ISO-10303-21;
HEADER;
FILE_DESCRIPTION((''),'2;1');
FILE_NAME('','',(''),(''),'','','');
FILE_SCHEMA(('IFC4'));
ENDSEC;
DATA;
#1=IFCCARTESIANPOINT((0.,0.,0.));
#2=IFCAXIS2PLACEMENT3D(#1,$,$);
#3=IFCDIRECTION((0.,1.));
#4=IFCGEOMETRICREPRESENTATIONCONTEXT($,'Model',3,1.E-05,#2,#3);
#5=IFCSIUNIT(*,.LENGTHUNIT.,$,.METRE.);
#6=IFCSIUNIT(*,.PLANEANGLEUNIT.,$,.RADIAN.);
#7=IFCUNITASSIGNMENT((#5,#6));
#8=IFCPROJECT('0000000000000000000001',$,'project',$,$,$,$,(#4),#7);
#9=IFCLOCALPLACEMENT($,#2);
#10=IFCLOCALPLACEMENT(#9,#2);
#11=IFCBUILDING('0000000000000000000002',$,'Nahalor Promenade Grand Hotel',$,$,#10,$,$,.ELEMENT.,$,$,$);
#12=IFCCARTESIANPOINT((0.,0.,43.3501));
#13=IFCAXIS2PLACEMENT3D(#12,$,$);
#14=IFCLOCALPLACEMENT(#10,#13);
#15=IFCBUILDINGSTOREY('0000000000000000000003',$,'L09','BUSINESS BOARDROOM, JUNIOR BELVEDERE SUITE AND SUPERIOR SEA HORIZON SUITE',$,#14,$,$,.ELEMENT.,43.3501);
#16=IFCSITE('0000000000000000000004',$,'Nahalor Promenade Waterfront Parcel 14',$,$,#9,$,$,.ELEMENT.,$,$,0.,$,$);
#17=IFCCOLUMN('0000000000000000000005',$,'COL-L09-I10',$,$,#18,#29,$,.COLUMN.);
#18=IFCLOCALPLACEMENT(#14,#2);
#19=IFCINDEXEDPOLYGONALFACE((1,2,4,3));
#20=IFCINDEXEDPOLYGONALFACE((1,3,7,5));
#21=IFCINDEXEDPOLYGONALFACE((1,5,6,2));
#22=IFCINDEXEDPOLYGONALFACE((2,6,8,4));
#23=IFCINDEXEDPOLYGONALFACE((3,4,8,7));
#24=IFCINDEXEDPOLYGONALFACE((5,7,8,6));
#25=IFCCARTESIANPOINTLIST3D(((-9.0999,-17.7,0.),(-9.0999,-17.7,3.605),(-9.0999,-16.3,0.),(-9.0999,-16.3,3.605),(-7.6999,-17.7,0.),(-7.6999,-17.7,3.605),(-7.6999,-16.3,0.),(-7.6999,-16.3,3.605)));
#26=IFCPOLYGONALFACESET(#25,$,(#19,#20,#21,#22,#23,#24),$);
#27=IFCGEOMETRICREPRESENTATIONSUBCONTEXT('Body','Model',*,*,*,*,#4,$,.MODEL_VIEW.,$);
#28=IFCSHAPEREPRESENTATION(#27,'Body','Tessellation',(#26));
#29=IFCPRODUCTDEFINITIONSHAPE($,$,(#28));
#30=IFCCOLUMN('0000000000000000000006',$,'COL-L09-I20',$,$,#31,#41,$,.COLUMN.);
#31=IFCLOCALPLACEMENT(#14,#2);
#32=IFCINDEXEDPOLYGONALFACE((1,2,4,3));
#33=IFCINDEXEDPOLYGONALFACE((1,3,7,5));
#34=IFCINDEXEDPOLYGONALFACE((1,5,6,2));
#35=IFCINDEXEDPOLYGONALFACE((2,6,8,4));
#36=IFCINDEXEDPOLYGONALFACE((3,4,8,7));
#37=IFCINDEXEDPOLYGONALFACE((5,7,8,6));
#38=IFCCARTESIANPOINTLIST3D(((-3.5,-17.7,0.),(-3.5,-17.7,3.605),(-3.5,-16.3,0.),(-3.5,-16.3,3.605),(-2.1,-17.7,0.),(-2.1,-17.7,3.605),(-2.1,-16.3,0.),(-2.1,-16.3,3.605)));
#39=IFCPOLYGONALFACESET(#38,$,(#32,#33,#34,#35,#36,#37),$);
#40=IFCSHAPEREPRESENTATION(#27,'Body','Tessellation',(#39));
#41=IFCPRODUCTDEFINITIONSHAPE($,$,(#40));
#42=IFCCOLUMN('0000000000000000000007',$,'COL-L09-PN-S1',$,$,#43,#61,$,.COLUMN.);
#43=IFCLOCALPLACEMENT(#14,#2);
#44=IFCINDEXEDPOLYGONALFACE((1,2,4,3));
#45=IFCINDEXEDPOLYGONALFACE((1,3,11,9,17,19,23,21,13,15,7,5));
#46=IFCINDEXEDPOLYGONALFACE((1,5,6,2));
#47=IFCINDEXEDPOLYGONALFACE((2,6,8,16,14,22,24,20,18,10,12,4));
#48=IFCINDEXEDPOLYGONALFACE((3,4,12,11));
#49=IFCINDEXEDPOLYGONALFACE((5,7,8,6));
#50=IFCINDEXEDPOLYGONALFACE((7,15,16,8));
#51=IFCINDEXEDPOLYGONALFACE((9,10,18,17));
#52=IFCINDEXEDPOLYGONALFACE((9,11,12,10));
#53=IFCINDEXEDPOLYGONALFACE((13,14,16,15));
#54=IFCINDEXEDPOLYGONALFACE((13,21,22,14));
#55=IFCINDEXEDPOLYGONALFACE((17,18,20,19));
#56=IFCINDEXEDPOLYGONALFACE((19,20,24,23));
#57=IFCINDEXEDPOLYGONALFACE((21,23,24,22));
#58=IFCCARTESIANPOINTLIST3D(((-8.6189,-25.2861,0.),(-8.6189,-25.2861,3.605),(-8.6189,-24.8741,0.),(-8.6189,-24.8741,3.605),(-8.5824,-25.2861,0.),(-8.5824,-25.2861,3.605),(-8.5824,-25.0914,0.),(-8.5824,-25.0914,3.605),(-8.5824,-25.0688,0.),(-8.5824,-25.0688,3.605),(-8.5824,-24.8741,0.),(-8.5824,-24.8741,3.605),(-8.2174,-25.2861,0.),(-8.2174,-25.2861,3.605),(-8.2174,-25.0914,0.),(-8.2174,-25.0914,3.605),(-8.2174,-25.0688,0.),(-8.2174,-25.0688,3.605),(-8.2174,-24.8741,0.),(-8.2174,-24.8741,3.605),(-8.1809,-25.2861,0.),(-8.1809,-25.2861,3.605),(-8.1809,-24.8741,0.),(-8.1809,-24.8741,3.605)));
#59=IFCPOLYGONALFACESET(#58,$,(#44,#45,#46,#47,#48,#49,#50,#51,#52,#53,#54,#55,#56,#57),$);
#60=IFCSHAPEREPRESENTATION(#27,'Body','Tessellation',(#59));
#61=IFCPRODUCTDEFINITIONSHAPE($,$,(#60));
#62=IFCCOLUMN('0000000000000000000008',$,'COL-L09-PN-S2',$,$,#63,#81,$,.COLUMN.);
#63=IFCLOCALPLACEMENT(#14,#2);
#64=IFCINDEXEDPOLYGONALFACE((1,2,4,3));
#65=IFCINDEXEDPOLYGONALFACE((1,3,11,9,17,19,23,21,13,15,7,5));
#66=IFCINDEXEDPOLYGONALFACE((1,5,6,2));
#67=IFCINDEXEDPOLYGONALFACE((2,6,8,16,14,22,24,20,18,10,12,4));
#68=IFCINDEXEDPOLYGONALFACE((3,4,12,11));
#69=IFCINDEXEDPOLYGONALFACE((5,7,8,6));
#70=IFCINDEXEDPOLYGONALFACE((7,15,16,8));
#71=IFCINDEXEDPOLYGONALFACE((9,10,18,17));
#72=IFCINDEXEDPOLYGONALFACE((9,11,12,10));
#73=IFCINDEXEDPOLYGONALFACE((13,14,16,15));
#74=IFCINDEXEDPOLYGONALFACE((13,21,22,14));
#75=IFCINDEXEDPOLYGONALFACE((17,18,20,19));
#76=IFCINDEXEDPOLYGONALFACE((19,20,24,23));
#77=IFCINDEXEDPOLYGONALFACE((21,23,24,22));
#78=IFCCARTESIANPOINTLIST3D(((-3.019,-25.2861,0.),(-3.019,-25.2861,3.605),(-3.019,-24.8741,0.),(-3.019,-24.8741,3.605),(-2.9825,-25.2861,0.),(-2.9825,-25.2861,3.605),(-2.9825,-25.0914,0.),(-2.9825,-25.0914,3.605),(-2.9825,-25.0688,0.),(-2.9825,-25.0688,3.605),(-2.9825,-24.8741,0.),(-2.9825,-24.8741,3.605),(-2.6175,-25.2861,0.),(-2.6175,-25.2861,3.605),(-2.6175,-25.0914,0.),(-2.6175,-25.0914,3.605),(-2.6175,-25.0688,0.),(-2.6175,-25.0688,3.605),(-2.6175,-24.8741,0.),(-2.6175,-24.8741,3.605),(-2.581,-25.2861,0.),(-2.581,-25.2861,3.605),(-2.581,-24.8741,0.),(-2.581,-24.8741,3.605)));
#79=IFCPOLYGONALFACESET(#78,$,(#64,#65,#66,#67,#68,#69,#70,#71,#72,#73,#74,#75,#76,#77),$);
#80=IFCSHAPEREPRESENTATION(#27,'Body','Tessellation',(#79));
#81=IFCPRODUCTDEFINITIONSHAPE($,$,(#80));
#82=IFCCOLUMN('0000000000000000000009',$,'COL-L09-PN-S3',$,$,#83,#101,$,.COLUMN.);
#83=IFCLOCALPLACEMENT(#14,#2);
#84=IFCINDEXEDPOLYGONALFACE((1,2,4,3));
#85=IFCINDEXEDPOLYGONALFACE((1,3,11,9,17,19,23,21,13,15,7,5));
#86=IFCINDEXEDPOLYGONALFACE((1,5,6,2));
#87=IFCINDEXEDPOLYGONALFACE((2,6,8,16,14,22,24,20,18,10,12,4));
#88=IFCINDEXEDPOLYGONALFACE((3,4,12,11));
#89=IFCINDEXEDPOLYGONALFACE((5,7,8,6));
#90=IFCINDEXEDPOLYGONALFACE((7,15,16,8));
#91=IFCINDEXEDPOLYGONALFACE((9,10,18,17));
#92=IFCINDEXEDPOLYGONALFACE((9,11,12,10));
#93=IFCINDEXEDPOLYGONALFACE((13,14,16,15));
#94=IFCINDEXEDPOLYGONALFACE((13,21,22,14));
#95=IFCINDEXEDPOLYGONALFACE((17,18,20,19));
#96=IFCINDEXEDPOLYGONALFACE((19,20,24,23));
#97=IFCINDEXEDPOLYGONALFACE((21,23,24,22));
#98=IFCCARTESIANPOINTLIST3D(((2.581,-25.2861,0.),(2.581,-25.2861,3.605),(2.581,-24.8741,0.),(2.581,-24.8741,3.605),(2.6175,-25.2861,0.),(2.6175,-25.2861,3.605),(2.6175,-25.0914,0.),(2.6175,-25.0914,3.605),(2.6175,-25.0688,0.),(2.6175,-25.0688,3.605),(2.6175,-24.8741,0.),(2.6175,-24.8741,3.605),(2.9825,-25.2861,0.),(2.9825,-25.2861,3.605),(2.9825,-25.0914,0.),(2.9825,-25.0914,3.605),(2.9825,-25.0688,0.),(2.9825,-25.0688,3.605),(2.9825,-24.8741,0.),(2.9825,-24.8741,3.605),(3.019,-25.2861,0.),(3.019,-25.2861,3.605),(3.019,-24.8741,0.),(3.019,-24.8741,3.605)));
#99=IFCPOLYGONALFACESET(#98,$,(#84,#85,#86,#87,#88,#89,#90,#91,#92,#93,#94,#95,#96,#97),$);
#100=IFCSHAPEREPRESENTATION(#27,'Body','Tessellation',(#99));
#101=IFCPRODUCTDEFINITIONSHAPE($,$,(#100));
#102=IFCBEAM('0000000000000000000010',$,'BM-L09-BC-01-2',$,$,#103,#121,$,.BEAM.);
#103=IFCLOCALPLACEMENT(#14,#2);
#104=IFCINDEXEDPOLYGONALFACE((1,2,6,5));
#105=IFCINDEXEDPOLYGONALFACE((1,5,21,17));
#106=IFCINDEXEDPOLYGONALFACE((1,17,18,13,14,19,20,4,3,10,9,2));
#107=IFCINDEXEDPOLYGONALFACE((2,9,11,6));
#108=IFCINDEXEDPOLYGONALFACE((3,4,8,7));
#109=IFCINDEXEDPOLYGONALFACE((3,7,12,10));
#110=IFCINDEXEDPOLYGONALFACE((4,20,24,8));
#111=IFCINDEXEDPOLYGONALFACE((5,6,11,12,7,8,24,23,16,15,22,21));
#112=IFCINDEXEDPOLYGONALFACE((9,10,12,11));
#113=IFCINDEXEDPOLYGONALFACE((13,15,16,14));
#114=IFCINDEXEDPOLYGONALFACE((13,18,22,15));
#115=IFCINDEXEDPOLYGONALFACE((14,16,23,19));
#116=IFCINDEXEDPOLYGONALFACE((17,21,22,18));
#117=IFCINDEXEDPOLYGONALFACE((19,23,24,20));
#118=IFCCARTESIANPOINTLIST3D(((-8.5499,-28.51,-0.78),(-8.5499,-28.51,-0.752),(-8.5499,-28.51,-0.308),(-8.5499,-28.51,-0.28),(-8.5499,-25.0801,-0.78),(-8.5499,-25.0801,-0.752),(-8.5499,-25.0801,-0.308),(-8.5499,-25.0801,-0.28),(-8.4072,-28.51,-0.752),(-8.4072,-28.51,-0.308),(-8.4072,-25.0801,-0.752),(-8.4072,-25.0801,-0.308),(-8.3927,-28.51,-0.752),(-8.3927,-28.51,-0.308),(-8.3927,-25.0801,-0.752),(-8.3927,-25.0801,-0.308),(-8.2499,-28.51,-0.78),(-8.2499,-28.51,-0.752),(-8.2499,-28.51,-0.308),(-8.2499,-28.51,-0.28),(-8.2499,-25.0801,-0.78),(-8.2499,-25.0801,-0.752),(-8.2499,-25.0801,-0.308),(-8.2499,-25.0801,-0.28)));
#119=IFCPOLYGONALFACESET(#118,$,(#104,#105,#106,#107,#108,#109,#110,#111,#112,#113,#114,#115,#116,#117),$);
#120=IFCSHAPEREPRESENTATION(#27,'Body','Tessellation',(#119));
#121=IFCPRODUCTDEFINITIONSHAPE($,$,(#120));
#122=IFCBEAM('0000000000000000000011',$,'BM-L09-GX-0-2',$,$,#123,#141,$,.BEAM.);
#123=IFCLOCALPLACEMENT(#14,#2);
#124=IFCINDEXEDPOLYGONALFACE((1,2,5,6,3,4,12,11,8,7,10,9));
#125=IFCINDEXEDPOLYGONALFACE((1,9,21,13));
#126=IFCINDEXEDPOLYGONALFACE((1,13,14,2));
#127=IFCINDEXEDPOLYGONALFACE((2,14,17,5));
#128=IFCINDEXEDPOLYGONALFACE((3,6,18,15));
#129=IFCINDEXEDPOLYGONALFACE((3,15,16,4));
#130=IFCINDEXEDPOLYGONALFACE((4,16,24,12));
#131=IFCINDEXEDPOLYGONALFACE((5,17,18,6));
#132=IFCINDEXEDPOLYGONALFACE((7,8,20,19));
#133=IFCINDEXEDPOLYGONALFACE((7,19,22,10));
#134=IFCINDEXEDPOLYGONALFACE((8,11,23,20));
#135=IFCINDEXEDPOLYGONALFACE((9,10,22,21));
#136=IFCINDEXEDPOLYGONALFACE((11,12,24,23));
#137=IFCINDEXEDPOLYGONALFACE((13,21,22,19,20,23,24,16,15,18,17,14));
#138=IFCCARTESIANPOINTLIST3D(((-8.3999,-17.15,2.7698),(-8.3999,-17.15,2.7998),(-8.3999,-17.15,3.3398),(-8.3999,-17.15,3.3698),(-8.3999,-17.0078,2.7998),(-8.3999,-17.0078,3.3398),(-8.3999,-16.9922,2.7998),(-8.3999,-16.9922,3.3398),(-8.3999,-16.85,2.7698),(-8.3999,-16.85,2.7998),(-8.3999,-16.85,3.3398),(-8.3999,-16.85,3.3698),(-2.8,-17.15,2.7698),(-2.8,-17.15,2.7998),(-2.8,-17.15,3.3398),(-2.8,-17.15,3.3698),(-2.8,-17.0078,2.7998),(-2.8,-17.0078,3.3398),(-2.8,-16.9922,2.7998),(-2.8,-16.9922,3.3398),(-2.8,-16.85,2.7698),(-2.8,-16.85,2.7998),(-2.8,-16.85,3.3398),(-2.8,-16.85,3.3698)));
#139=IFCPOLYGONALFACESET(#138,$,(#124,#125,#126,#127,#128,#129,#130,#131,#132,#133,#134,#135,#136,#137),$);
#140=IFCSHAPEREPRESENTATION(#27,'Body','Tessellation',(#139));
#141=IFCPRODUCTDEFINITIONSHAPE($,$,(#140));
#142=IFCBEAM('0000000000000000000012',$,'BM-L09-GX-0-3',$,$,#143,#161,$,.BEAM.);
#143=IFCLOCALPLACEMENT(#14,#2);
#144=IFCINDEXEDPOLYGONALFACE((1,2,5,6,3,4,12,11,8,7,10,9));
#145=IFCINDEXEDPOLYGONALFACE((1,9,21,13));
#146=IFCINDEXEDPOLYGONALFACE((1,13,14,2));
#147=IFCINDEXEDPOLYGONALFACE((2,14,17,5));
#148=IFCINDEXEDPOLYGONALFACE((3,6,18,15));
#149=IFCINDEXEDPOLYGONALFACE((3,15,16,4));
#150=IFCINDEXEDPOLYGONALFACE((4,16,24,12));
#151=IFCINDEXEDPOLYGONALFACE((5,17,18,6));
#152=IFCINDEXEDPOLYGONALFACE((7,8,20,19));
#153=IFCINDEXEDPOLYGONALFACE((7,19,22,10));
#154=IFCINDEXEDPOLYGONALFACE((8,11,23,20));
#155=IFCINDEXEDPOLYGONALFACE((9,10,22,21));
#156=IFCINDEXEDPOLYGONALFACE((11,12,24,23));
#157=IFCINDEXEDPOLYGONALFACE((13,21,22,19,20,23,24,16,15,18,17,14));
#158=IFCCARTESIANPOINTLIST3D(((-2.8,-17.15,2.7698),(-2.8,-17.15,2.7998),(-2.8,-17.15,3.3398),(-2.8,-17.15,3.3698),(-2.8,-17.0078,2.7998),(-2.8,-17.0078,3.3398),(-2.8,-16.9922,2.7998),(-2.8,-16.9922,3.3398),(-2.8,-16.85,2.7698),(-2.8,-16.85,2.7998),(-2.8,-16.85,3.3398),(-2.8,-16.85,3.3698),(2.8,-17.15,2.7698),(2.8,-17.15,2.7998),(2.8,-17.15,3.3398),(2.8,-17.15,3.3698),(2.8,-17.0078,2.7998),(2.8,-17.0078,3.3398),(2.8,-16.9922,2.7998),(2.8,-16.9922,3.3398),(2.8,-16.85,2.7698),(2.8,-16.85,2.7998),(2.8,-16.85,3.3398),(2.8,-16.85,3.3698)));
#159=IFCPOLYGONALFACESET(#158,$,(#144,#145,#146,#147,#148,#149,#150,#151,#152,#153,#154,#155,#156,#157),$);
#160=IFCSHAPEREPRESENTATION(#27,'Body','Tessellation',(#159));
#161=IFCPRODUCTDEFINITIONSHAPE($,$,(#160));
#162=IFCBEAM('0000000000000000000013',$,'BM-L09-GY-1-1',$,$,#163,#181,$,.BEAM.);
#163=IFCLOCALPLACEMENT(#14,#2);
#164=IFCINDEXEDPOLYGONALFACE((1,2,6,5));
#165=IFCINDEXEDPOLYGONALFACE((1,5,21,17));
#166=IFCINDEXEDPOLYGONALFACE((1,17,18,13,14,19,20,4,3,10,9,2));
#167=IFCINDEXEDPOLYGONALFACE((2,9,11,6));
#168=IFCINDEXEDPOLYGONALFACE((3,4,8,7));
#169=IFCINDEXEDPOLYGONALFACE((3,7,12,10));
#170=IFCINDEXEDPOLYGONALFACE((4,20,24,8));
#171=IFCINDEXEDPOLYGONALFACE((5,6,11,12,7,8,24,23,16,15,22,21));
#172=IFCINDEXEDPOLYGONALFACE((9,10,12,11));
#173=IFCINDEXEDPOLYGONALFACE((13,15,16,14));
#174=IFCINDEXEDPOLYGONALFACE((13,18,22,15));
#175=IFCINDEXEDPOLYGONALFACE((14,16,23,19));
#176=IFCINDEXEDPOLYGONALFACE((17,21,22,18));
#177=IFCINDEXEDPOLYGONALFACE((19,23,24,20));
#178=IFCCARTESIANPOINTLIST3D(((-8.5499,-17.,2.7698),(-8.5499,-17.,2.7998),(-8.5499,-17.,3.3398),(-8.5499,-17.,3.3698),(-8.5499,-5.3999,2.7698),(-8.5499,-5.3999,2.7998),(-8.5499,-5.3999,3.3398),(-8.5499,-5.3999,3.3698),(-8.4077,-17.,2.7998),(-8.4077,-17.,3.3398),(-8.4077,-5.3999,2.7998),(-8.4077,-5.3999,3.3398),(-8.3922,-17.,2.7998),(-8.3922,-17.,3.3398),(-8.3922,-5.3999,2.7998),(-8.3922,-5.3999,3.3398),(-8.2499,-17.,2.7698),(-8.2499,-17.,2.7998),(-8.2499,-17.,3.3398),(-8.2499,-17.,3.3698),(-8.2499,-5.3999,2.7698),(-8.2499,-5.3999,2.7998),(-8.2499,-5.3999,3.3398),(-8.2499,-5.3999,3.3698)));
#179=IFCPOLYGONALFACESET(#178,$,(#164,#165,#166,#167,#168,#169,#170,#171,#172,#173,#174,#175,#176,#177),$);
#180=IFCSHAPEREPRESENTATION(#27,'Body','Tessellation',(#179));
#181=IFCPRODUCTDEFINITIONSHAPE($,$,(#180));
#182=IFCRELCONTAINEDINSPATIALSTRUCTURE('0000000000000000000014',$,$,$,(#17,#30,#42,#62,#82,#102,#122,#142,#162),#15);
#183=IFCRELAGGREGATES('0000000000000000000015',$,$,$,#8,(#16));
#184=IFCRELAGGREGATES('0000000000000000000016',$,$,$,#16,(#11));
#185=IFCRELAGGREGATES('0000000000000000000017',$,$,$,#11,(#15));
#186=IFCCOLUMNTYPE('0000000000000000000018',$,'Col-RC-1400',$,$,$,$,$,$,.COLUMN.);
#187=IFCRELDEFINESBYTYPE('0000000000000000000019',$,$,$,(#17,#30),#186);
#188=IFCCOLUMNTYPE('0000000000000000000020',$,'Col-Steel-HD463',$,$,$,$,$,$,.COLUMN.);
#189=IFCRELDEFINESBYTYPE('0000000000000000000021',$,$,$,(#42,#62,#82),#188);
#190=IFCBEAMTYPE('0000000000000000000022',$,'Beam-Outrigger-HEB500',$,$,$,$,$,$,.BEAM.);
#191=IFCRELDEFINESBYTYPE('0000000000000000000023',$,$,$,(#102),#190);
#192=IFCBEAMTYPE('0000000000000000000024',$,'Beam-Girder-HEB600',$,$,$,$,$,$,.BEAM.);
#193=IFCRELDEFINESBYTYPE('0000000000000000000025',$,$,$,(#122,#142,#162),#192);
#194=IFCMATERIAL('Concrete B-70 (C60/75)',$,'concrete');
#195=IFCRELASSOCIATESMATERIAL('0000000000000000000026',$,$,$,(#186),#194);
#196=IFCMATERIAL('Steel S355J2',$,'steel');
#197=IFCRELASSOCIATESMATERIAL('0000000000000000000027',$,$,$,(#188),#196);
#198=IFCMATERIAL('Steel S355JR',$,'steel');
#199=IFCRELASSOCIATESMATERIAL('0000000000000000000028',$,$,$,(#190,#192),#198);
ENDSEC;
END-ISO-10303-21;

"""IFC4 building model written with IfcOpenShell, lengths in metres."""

from ifc_helpers import new_model, si_unit, direction, frame, origin, origin_2d, place, context, subcontext, project, spatial, rectangle, i_section, extrude, source, transform, mapped, material, material_profile, profile_set, type_object, element, save


model = new_model("IFC4")

# Units and contexts
model_context = context("Model", 3, precision=1e-05, world=origin(), true_north=direction((0.0, 1.0)))
body_context = subcontext(model_context, "Body", "Model", "MODEL_VIEW")
ifc_project = project(units=[si_unit("LENGTHUNIT", "METRE"), si_unit("PLANEANGLEUNIT", "RADIAN")], contexts=[model_context])

# Site, building, storey
site_placement = place(None, origin())
site = spatial("IfcSite", under=ifc_project, at=site_placement, Name="Nahalor Promenade Waterfront Parcel 14", CompositionType="ELEMENT", RefElevation=0.0)
building_placement = place(site_placement, origin())
building = spatial("IfcBuilding", under=site, at=building_placement, Name="Nahalor Promenade Grand Hotel", CompositionType="ELEMENT")
storey_placement = place(building_placement, frame((0.0, 0.0, 43.3501)))
storey = spatial("IfcBuildingStorey", under=building, at=storey_placement, Name="L09", Description="BUSINESS BOARDROOM, JUNIOR BELVEDERE SUITE AND SUPERIOR SEA HORIZON SUITE", CompositionType="ELEMENT", Elevation=43.3501)

# Columns
ifc_material_1 = material(Name="Concrete B-70 (C60/75)", Category="concrete")
ifc_material_profile_1 = material_profile(ifc_material_1, rectangle(XDim=1.4, YDim=1.4, at=origin_2d()), Name="RC 1400x1400")
ifc_profile_set_1 = profile_set([ifc_material_profile_1], Name="Concrete B-70 (C60/75)")
column_type_1 = type_object("IfcColumnType", Name="Col-RC-1400", PredefinedType="COLUMN", material=ifc_profile_set_1)
shared_shape_1 = source(origin(), body_context, "Body", "SweptSolid", [
    extrude(rectangle(XDim=1.4, YDim=1.4, at=origin_2d()), origin(), (0.0, 0.0, 1.0), 3.605),
])
for number, where, z_axis, x_axis, name in (
    (1, (-8.3999, -17.0, 0.0), (0.0, 0.0, 1.0), (1.0, 0.0, 0.0), "COL-L09-I10"),
    (2, (-2.8, -17.0, 0.0), (0.0, 0.0, 1.0), (1.0, 0.0, 0.0), "COL-L09-I20"),
):
    element("IfcColumn", number, at=place(storey_placement, frame(where, z_axis=z_axis, x_axis=x_axis)), inside=storey, type_object=column_type_1, Name=name, PredefinedType="COLUMN", context=body_context, shape_type="MappedRepresentation", body=[
        mapped(shared_shape_1, transform((0.0, 0.0, 0.0), scale=1.0)),
    ])
ifc_material_2 = material(Name="Steel S355J2", Category="steel")
ifc_material_profile_2 = material_profile(ifc_material_2, i_section(OverallWidth=0.412, OverallDepth=0.438, WebThickness=0.0226, FlangeThickness=0.0365, at=origin_2d()), Name="HD 400x463")
ifc_profile_set_2 = profile_set([ifc_material_profile_2], Name="Steel S355J2")
column_type_2 = type_object("IfcColumnType", Name="Col-Steel-HD463", PredefinedType="COLUMN", material=ifc_profile_set_2)
shared_shape_2 = source(origin(), body_context, "Body", "SweptSolid", [
    extrude(i_section(OverallWidth=0.412, OverallDepth=0.438, WebThickness=0.0226, FlangeThickness=0.0365, at=origin_2d()), origin(), (0.0, 0.0, 1.0), 3.605),
])
for number, where, z_axis, x_axis, name in (
    (3, (-8.3999, -25.0801, 0.0), (0.0, 0.0, 1.0), (0.0, 1.0, 0.0), "COL-L09-PN-S1"),
    (4, (-2.8, -25.0801, 0.0), (0.0, 0.0, 1.0), (0.0, 1.0, 0.0), "COL-L09-PN-S2"),
    (5, (2.8, -25.0801, 0.0), (0.0, 0.0, 1.0), (0.0, 1.0, 0.0), "COL-L09-PN-S3"),
):
    element("IfcColumn", number, at=place(storey_placement, frame(where, z_axis=z_axis, x_axis=x_axis)), inside=storey, type_object=column_type_2, Name=name, PredefinedType="COLUMN", context=body_context, shape_type="MappedRepresentation", body=[
        mapped(shared_shape_2, transform((0.0, 0.0, 0.0), scale=1.0)),
    ])

# Beams
ifc_material_3 = material(Name="Steel S355JR", Category="steel")
ifc_material_profile_3 = material_profile(ifc_material_3, i_section(OverallWidth=0.3, OverallDepth=0.5, WebThickness=0.0145, FlangeThickness=0.028, at=origin_2d()), Name="HEB 500")
ifc_profile_set_3 = profile_set([ifc_material_profile_3], Name="Steel S355JR")
beam_type_1 = type_object("IfcBeamType", Name="Beam-Outrigger-HEB500", PredefinedType="BEAM", material=ifc_profile_set_3)
shared_shape_3 = source(origin(), body_context, "Body", "SweptSolid", [
    extrude(i_section(OverallWidth=0.3, OverallDepth=0.5, WebThickness=0.0145, FlangeThickness=0.028, at=origin_2d()), origin(), (0.0, 0.0, 1.0), 3.4299),
])
beam_1_placement = place(storey_placement, frame((-8.3999, -28.51, -0.53), z_axis=(0.0, 1.0, 0.0), x_axis=(-1.0, 0.0, 0.0)))
element("IfcBeam", 6, at=beam_1_placement, inside=storey, type_object=beam_type_1, Name="BM-L09-BC-01-2", PredefinedType="BEAM", context=body_context, shape_type="MappedRepresentation", body=[
    mapped(shared_shape_3, transform((0.0, 0.0, 0.0), scale=1.0)),
])
ifc_material_profile_4 = material_profile(ifc_material_3, i_section(OverallWidth=0.3, OverallDepth=0.6, WebThickness=0.0155, FlangeThickness=0.03, at=origin_2d()), Name="HEB 600")
ifc_profile_set_4 = profile_set([ifc_material_profile_4], Name="Steel S355JR")
beam_type_2 = type_object("IfcBeamType", Name="Beam-Girder-HEB600", PredefinedType="BEAM", material=ifc_profile_set_4)
shared_shape_4 = source(origin(), body_context, "Body", "SweptSolid", [
    extrude(i_section(OverallWidth=0.3, OverallDepth=0.6, WebThickness=0.0155, FlangeThickness=0.03, at=origin_2d()), origin(), (0.0, 0.0, 1.0), 5.5999),
])
beam_2_placement = place(storey_placement, frame((-8.3999, -17.0, 3.0698), z_axis=(1.0, 0.0, 0.0), x_axis=(0.0, 1.0, 0.0)))
element("IfcBeam", 7, at=beam_2_placement, inside=storey, type_object=beam_type_2, Name="BM-L09-GX-0-2", PredefinedType="BEAM", context=body_context, shape_type="MappedRepresentation", body=[
    mapped(shared_shape_4, transform((0.0, 0.0, 0.0), scale=1.0)),
])
shared_shape_5 = source(origin(), body_context, "Body", "SweptSolid", [
    extrude(i_section(OverallWidth=0.3, OverallDepth=0.6, WebThickness=0.0155, FlangeThickness=0.03, at=origin_2d()), origin(), (0.0, 0.0, 1.0), 5.6001),
])
beam_3_placement = place(storey_placement, frame((-2.8, -17.0, 3.0698), z_axis=(1.0, 0.0, 0.0), x_axis=(0.0, 1.0, 0.0)))
element("IfcBeam", 8, at=beam_3_placement, inside=storey, type_object=beam_type_2, Name="BM-L09-GX-0-3", PredefinedType="BEAM", context=body_context, shape_type="MappedRepresentation", body=[
    mapped(shared_shape_5, transform((0.0, 0.0, 0.0), scale=1.0)),
])
shared_shape_6 = source(origin(), body_context, "Body", "SweptSolid", [
    extrude(i_section(OverallWidth=0.3, OverallDepth=0.6, WebThickness=0.0155, FlangeThickness=0.03, at=origin_2d()), origin(), (0.0, 0.0, 1.0), 11.6001),
])
for number, where, z_axis, x_axis, name in (
    (9, (-8.3999, -17.0, 3.0698), (0.0, 1.0, 0.0), (-1.0, 0.0, 0.0), "BM-L09-GY-1-1"),
):
    element("IfcBeam", number, at=place(storey_placement, frame(where, z_axis=z_axis, x_axis=x_axis)), inside=storey, type_object=beam_type_2, Name=name, PredefinedType="BEAM", context=body_context, shape_type="MappedRepresentation", body=[
        mapped(shared_shape_6, transform((0.0, 0.0, 0.0), scale=1.0)),
    ])

save(model, "model.ifc")
